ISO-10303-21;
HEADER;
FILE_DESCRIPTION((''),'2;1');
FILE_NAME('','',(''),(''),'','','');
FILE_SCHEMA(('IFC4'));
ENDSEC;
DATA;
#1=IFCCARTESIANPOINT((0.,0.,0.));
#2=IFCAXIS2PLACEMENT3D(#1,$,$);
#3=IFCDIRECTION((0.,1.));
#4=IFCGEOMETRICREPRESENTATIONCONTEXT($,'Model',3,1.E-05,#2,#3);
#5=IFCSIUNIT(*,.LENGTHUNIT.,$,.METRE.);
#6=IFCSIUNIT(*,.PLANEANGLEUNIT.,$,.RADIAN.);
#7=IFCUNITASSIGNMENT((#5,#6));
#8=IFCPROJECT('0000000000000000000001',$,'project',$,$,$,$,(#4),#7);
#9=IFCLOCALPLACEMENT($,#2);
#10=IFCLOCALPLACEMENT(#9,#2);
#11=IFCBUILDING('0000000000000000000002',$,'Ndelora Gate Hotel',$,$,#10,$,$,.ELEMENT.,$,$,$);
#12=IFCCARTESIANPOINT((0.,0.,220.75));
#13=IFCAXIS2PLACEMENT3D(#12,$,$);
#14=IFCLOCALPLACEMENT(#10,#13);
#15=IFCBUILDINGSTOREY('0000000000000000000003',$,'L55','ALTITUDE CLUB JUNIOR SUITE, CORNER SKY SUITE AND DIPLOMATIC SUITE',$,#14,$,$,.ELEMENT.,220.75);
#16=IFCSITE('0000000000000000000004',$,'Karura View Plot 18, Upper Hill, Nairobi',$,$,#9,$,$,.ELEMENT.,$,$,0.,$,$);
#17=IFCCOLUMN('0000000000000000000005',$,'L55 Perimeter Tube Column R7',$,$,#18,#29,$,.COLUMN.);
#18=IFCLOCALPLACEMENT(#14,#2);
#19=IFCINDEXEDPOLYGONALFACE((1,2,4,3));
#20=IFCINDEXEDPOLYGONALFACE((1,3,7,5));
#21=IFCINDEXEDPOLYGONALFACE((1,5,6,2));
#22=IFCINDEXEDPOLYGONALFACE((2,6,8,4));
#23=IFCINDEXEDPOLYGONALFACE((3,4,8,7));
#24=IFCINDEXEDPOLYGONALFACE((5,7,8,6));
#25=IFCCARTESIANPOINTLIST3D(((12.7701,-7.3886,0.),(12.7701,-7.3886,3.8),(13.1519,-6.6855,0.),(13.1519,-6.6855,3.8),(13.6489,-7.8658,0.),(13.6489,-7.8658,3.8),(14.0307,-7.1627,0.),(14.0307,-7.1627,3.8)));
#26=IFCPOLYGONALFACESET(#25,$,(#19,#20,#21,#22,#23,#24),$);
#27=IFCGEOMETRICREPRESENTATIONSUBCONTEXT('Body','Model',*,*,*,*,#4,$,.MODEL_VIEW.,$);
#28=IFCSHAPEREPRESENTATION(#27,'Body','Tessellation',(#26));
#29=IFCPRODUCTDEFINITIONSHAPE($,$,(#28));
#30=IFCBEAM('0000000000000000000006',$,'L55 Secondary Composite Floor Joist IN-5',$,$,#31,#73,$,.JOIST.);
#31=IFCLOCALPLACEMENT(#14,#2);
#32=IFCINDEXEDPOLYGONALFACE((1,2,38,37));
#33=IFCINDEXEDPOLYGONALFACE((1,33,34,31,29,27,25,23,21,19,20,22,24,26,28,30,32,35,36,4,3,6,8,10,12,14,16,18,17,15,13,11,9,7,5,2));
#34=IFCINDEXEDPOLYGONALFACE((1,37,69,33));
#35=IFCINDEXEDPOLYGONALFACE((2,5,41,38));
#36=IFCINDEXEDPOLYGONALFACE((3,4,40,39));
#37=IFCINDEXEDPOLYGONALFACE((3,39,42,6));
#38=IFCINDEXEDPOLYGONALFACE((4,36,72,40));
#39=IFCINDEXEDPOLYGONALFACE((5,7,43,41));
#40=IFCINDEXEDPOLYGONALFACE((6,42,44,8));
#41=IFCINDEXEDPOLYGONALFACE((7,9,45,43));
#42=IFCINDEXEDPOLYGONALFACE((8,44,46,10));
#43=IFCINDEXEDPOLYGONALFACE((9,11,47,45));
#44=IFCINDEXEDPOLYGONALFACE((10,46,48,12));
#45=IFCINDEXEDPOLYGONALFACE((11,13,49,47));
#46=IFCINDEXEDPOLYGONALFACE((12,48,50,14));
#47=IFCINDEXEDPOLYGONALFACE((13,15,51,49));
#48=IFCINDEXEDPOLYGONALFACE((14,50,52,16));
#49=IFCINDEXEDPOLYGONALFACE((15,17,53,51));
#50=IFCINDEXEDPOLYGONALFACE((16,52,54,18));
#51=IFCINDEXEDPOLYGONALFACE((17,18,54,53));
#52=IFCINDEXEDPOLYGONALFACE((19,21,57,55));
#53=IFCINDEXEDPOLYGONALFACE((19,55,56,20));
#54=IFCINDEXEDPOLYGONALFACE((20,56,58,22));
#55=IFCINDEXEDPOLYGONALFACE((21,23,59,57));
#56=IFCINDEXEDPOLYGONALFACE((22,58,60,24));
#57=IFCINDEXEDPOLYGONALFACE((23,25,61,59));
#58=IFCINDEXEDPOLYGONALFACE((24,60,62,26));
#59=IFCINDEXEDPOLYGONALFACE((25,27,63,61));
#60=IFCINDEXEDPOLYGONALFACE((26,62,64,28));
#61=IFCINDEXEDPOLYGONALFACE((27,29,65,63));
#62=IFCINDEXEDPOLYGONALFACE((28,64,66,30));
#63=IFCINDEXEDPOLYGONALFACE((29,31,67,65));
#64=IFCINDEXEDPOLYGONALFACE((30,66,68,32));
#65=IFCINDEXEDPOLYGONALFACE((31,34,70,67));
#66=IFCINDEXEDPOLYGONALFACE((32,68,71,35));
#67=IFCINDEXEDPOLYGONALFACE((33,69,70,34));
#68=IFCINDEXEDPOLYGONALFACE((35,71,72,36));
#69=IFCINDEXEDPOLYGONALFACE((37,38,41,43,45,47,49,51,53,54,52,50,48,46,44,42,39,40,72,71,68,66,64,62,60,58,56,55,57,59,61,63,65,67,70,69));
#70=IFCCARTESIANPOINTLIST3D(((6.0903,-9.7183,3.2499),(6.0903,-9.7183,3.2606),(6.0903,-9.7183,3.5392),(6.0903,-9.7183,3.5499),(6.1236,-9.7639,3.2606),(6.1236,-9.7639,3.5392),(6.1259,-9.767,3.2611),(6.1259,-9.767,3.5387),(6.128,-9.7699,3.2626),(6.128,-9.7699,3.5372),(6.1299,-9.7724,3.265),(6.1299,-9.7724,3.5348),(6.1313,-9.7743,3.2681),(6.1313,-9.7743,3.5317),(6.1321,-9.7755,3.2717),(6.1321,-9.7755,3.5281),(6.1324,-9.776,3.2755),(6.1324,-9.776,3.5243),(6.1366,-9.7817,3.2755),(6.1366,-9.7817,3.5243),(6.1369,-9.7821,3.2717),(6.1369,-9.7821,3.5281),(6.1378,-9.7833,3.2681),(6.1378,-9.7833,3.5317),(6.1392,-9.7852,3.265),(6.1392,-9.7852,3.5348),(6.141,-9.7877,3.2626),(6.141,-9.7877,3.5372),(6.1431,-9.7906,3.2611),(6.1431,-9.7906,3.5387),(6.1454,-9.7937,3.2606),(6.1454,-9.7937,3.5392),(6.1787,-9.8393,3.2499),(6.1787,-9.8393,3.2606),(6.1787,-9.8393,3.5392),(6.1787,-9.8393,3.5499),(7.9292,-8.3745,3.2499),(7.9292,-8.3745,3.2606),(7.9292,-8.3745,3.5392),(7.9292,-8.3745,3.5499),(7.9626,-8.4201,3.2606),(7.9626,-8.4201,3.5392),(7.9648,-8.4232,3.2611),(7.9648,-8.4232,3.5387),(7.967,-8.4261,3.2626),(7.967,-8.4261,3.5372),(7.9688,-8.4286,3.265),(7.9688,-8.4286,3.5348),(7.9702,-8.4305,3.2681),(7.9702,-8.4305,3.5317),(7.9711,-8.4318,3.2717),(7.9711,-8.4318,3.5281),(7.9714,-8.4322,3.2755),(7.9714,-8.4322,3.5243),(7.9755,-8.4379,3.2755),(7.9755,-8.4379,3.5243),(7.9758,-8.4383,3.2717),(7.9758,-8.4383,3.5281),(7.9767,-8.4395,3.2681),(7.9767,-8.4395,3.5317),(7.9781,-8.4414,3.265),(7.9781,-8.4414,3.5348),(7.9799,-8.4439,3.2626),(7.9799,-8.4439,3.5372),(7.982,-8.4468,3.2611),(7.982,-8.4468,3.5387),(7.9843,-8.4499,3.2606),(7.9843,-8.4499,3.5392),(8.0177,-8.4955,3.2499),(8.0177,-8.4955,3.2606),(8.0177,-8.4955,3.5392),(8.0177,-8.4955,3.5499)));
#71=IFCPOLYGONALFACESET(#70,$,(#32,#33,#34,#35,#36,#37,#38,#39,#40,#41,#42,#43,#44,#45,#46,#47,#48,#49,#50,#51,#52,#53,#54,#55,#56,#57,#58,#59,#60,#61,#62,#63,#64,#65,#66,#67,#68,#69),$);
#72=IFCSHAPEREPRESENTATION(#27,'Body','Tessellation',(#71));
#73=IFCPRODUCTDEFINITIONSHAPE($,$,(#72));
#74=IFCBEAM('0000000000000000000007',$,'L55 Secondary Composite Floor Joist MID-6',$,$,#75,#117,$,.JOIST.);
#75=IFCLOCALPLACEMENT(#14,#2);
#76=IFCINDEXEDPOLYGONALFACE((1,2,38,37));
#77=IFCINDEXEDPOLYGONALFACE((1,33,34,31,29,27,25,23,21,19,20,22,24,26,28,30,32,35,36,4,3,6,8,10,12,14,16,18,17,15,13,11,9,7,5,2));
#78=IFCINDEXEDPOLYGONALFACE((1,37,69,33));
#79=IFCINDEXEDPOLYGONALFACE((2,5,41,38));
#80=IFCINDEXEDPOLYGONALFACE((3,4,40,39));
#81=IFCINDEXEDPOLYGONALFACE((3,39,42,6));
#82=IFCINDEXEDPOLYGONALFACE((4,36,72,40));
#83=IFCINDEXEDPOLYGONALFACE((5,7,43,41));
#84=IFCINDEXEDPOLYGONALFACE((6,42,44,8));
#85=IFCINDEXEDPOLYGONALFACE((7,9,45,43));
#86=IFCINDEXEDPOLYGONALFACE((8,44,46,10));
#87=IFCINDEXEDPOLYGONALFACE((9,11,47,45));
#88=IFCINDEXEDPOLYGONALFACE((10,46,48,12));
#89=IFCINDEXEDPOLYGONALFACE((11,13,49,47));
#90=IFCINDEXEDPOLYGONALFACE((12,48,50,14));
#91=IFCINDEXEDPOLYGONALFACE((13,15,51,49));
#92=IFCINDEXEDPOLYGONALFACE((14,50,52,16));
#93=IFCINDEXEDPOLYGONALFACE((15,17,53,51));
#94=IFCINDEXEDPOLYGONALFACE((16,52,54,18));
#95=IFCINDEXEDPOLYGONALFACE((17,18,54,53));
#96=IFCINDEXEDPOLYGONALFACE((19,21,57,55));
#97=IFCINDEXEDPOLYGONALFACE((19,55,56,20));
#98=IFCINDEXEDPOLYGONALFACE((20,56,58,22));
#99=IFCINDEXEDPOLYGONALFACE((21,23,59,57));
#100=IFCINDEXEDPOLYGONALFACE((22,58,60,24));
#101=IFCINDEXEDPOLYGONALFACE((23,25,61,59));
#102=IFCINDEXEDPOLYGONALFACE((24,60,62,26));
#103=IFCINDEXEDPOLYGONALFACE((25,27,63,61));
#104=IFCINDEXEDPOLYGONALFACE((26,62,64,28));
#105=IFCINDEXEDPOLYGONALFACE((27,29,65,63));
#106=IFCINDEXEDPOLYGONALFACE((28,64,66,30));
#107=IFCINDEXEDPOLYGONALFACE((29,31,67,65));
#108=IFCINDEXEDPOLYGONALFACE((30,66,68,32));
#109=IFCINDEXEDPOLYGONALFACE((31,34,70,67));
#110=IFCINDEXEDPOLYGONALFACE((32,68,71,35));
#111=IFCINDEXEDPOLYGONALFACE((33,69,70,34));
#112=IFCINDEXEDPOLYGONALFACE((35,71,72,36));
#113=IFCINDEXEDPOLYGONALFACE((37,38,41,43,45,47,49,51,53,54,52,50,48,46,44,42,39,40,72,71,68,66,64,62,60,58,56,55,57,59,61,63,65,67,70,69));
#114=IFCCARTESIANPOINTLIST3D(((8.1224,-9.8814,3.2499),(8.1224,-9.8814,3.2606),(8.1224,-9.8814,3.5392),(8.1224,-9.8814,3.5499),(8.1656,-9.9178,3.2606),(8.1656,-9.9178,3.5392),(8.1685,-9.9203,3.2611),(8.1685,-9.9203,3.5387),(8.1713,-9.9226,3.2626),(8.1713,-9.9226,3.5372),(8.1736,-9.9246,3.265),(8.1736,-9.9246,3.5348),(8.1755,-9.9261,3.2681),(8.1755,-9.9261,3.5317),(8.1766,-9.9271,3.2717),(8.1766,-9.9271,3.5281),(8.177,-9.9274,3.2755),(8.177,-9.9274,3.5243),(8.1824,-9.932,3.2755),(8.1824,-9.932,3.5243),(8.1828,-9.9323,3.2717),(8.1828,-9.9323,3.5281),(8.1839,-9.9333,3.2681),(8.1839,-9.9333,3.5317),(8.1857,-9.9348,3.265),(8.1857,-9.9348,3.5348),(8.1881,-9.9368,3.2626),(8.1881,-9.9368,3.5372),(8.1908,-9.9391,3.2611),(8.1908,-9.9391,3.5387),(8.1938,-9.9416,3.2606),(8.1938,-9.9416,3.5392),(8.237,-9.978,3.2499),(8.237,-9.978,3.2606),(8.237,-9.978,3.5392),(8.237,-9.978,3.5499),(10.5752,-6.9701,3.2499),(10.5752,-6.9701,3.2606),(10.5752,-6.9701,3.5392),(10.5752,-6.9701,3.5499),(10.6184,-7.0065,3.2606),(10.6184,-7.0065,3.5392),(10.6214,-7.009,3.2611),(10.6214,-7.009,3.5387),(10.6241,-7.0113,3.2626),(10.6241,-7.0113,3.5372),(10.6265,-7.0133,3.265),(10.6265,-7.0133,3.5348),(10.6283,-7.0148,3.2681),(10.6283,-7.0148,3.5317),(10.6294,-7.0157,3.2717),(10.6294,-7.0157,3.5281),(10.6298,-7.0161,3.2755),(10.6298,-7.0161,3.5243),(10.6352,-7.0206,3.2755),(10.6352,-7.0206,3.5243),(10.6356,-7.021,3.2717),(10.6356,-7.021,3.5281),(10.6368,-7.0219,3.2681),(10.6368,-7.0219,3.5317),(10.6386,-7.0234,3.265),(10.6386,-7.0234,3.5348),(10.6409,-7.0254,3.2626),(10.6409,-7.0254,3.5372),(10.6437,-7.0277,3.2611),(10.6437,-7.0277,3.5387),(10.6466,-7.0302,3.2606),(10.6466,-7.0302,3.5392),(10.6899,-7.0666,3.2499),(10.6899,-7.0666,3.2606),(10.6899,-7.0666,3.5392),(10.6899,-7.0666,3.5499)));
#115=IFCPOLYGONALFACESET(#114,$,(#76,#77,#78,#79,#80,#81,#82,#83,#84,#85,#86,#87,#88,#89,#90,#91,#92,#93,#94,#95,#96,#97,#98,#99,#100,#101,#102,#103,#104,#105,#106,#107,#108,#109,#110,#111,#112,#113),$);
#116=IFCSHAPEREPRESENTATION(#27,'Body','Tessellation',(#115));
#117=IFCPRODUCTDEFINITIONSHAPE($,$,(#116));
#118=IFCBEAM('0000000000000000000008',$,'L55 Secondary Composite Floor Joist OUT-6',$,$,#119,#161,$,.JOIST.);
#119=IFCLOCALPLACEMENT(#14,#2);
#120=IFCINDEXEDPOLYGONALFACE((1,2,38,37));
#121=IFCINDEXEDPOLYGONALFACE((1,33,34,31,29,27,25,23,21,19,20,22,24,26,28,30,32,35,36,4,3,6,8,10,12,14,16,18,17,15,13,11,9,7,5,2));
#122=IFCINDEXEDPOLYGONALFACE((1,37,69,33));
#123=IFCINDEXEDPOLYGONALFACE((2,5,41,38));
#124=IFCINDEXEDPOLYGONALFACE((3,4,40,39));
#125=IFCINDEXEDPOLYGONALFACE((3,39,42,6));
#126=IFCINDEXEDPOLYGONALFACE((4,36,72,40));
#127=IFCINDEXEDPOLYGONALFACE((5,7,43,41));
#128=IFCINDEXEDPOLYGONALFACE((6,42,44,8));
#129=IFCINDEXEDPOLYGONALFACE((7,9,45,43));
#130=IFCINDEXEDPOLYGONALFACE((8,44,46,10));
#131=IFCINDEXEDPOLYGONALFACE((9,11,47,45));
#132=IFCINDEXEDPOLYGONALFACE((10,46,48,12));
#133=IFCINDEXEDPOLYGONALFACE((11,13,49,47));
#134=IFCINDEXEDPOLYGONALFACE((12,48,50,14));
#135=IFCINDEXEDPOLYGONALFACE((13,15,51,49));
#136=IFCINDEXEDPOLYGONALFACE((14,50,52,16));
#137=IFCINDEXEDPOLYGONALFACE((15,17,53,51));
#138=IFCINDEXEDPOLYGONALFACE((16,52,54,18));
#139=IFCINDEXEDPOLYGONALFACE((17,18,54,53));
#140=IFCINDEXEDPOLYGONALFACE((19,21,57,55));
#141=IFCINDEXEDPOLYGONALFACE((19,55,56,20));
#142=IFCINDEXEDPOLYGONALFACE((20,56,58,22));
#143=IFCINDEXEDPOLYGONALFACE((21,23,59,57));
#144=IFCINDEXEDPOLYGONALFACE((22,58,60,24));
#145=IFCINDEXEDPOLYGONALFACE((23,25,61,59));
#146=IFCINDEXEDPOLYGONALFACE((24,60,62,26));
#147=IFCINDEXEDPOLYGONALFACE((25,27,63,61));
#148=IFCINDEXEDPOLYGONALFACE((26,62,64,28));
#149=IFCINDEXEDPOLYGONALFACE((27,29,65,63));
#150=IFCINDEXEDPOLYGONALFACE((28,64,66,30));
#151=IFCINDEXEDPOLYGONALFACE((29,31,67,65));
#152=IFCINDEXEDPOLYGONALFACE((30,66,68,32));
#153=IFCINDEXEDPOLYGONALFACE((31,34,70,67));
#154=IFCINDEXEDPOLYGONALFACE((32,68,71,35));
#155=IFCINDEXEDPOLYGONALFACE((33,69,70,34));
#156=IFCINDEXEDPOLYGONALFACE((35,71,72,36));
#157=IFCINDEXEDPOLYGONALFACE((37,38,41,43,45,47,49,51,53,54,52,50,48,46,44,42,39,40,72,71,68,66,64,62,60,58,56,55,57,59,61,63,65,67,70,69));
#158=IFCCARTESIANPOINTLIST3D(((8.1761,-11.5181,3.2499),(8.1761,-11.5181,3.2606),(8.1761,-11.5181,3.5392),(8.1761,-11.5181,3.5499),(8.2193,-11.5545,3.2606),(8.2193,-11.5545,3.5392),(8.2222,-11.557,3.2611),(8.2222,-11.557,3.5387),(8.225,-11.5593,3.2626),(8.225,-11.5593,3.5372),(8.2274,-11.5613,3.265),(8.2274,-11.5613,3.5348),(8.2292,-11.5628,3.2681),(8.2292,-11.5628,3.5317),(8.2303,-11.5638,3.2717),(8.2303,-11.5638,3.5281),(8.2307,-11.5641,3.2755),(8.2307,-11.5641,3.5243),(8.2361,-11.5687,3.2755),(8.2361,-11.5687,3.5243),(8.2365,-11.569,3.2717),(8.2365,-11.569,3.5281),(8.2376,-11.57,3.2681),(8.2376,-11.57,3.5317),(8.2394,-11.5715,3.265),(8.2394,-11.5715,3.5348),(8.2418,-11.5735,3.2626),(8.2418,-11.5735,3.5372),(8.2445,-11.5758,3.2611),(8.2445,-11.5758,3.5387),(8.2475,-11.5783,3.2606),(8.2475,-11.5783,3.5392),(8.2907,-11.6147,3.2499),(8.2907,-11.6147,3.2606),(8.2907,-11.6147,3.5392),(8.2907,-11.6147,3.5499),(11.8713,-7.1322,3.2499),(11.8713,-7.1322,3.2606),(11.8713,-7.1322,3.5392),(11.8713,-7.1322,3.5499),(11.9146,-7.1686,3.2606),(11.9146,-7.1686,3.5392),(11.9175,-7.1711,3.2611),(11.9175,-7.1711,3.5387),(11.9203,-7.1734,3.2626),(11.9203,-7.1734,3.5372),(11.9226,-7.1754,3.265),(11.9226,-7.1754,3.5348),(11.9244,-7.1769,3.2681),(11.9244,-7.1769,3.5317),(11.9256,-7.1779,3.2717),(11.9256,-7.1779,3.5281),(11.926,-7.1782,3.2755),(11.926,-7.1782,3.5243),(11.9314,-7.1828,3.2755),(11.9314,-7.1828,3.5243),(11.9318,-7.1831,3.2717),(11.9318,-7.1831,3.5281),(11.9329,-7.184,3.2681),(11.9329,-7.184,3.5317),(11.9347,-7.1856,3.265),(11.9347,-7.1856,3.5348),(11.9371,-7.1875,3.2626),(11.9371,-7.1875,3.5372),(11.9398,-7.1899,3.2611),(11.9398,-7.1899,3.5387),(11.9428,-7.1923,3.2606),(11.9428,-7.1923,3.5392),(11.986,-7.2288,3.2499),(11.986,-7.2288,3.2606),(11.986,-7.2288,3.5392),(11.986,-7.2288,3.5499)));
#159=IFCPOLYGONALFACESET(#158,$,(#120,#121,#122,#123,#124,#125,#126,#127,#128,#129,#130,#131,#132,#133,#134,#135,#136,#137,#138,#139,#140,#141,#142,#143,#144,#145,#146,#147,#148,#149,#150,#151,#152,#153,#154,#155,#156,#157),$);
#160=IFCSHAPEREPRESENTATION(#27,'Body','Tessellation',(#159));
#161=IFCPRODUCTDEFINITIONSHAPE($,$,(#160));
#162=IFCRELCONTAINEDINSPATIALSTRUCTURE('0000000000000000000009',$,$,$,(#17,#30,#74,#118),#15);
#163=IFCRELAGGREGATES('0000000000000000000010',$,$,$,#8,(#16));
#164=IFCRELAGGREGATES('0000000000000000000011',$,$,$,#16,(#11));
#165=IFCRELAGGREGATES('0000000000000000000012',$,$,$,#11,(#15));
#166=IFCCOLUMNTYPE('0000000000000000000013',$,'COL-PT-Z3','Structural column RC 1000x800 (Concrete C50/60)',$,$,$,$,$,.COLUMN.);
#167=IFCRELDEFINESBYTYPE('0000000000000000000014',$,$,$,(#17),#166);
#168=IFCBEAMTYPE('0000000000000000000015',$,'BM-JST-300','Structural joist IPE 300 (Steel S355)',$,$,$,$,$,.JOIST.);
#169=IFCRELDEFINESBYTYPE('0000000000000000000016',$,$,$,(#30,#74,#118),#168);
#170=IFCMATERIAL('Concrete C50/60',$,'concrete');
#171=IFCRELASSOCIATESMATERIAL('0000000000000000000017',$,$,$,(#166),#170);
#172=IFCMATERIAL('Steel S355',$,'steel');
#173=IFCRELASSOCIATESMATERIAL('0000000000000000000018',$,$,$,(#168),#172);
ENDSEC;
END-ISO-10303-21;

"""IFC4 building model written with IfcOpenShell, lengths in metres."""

from ifc_helpers import new_model, si_unit, direction, frame, origin, origin_2d, place, context, subcontext, project, spatial, rectangle, i_section, extrude, material, material_profile, profile_set, type_object, element, save


model = new_model("IFC4")

# Units and contexts
model_context = context("Model", 3, precision=1e-05, world=origin(), true_north=direction((0.0, 1.0)))
body_context = subcontext(model_context, "Body", "Model", "MODEL_VIEW")
ifc_project = project(units=[si_unit("LENGTHUNIT", "METRE"), si_unit("PLANEANGLEUNIT", "RADIAN")], contexts=[model_context])

# Site, building, storey
site_placement = place(None, origin())
site = spatial("IfcSite", under=ifc_project, at=site_placement, Name="Karura View Plot 18, Upper Hill, Nairobi", CompositionType="ELEMENT", RefElevation=0.0)
building_placement = place(site_placement, origin())
building = spatial("IfcBuilding", under=site, at=building_placement, Name="Ndelora Gate Hotel", CompositionType="ELEMENT")
storey_placement = place(building_placement, frame((0.0, 0.0, 220.75)))
storey = spatial("IfcBuildingStorey", under=building, at=storey_placement, Name="L55", Description="ALTITUDE CLUB JUNIOR SUITE, CORNER SKY SUITE AND DIPLOMATIC SUITE", CompositionType="ELEMENT", Elevation=220.75)

# Column
ifc_material_1 = material(Name="Concrete C50/60", Category="concrete")
ifc_material_profile_1 = material_profile(ifc_material_1, rectangle(XDim=0.8, YDim=1.0, at=origin_2d()), Name="RC 1000x800")
ifc_profile_set_1 = profile_set([ifc_material_profile_1], Name="Concrete C50/60")
column_type = type_object("IfcColumnType", Name="COL-PT-Z3", Description="Structural column RC 1000x800 (Concrete C50/60)", PredefinedType="COLUMN", material=ifc_profile_set_1)
column_placement = place(storey_placement, frame((13.4004, -7.2756, 0.0), z_axis=(0.0, 0.0, 1.0), x_axis=(0.477159, 0.878817, 0.0)))
element("IfcColumn", 1, at=column_placement, inside=storey, type_object=column_type, Name="L55 Perimeter Tube Column R7", PredefinedType="COLUMN", context=body_context, shape_type="SweptSolid", body=[
    extrude(rectangle(XDim=0.8, YDim=1.0, at=origin_2d()), origin(), (0.0, 0.0, 1.0), 3.8),
])

# Beams
ifc_material_2 = material(Name="Steel S355", Category="steel")
ifc_material_profile_2 = material_profile(ifc_material_2, i_section(OverallWidth=0.1499, OverallDepth=0.3, WebThickness=0.0071, FlangeThickness=0.0107, FilletRadius=0.0149, at=origin_2d()), Name="IPE 300")
ifc_profile_set_2 = profile_set([ifc_material_profile_2], Name="Steel S355")
beam_type_1 = type_object("IfcBeamType", Name="BM-JST-300", Description="Structural joist IPE 300 (Steel S355)", PredefinedType="JOIST", material=ifc_profile_set_2)
beam_1_placement = place(storey_placement, frame((6.1345, -9.7788, 3.3999), z_axis=(0.807399, 0.590006, 0.0), x_axis=(-0.590006, 0.807399, 0.0)))
element("IfcBeam", 2, at=beam_1_placement, inside=storey, type_object=beam_type_1, Name="L55 Secondary Composite Floor Joist IN-5", PredefinedType="JOIST", context=body_context, shape_type="SweptSolid", body=[
    extrude(i_section(OverallWidth=0.1499, OverallDepth=0.3, WebThickness=0.0071, FlangeThickness=0.0107, FilletRadius=0.0149, at=origin_2d()), origin(), (0.0, 0.0, 1.0), 2.2776),
])
beam_2_placement = place(storey_placement, frame((8.1797, -9.9297, 3.3999), z_axis=(0.644319, 0.764757, 0.0), x_axis=(-0.764757, 0.644319, 0.0)))
element("IfcBeam", 3, at=beam_2_placement, inside=storey, type_object=beam_type_1, Name="L55 Secondary Composite Floor Joist MID-6", PredefinedType="JOIST", context=body_context, shape_type="SweptSolid", body=[
    extrude(i_section(OverallWidth=0.1499, OverallDepth=0.3, WebThickness=0.0071, FlangeThickness=0.0107, FilletRadius=0.0149, at=origin_2d()), origin(), (0.0, 0.0, 1.0), 3.8069),
])
beam_3_placement = place(storey_placement, frame((8.2334, -11.5664, 3.3999), z_axis=(0.644324, 0.764752, 0.0), x_axis=(-0.764752, 0.644324, 0.0)))
element("IfcBeam", 4, at=beam_3_placement, inside=storey, type_object=beam_type_1, Name="L55 Secondary Composite Floor Joist OUT-6", PredefinedType="JOIST", context=body_context, shape_type="SweptSolid", body=[
    extrude(i_section(OverallWidth=0.1499, OverallDepth=0.3, WebThickness=0.0071, FlangeThickness=0.0107, FilletRadius=0.0149, at=origin_2d()), origin(), (0.0, 0.0, 1.0), 5.7351),
])

save(model, "model.ifc")
